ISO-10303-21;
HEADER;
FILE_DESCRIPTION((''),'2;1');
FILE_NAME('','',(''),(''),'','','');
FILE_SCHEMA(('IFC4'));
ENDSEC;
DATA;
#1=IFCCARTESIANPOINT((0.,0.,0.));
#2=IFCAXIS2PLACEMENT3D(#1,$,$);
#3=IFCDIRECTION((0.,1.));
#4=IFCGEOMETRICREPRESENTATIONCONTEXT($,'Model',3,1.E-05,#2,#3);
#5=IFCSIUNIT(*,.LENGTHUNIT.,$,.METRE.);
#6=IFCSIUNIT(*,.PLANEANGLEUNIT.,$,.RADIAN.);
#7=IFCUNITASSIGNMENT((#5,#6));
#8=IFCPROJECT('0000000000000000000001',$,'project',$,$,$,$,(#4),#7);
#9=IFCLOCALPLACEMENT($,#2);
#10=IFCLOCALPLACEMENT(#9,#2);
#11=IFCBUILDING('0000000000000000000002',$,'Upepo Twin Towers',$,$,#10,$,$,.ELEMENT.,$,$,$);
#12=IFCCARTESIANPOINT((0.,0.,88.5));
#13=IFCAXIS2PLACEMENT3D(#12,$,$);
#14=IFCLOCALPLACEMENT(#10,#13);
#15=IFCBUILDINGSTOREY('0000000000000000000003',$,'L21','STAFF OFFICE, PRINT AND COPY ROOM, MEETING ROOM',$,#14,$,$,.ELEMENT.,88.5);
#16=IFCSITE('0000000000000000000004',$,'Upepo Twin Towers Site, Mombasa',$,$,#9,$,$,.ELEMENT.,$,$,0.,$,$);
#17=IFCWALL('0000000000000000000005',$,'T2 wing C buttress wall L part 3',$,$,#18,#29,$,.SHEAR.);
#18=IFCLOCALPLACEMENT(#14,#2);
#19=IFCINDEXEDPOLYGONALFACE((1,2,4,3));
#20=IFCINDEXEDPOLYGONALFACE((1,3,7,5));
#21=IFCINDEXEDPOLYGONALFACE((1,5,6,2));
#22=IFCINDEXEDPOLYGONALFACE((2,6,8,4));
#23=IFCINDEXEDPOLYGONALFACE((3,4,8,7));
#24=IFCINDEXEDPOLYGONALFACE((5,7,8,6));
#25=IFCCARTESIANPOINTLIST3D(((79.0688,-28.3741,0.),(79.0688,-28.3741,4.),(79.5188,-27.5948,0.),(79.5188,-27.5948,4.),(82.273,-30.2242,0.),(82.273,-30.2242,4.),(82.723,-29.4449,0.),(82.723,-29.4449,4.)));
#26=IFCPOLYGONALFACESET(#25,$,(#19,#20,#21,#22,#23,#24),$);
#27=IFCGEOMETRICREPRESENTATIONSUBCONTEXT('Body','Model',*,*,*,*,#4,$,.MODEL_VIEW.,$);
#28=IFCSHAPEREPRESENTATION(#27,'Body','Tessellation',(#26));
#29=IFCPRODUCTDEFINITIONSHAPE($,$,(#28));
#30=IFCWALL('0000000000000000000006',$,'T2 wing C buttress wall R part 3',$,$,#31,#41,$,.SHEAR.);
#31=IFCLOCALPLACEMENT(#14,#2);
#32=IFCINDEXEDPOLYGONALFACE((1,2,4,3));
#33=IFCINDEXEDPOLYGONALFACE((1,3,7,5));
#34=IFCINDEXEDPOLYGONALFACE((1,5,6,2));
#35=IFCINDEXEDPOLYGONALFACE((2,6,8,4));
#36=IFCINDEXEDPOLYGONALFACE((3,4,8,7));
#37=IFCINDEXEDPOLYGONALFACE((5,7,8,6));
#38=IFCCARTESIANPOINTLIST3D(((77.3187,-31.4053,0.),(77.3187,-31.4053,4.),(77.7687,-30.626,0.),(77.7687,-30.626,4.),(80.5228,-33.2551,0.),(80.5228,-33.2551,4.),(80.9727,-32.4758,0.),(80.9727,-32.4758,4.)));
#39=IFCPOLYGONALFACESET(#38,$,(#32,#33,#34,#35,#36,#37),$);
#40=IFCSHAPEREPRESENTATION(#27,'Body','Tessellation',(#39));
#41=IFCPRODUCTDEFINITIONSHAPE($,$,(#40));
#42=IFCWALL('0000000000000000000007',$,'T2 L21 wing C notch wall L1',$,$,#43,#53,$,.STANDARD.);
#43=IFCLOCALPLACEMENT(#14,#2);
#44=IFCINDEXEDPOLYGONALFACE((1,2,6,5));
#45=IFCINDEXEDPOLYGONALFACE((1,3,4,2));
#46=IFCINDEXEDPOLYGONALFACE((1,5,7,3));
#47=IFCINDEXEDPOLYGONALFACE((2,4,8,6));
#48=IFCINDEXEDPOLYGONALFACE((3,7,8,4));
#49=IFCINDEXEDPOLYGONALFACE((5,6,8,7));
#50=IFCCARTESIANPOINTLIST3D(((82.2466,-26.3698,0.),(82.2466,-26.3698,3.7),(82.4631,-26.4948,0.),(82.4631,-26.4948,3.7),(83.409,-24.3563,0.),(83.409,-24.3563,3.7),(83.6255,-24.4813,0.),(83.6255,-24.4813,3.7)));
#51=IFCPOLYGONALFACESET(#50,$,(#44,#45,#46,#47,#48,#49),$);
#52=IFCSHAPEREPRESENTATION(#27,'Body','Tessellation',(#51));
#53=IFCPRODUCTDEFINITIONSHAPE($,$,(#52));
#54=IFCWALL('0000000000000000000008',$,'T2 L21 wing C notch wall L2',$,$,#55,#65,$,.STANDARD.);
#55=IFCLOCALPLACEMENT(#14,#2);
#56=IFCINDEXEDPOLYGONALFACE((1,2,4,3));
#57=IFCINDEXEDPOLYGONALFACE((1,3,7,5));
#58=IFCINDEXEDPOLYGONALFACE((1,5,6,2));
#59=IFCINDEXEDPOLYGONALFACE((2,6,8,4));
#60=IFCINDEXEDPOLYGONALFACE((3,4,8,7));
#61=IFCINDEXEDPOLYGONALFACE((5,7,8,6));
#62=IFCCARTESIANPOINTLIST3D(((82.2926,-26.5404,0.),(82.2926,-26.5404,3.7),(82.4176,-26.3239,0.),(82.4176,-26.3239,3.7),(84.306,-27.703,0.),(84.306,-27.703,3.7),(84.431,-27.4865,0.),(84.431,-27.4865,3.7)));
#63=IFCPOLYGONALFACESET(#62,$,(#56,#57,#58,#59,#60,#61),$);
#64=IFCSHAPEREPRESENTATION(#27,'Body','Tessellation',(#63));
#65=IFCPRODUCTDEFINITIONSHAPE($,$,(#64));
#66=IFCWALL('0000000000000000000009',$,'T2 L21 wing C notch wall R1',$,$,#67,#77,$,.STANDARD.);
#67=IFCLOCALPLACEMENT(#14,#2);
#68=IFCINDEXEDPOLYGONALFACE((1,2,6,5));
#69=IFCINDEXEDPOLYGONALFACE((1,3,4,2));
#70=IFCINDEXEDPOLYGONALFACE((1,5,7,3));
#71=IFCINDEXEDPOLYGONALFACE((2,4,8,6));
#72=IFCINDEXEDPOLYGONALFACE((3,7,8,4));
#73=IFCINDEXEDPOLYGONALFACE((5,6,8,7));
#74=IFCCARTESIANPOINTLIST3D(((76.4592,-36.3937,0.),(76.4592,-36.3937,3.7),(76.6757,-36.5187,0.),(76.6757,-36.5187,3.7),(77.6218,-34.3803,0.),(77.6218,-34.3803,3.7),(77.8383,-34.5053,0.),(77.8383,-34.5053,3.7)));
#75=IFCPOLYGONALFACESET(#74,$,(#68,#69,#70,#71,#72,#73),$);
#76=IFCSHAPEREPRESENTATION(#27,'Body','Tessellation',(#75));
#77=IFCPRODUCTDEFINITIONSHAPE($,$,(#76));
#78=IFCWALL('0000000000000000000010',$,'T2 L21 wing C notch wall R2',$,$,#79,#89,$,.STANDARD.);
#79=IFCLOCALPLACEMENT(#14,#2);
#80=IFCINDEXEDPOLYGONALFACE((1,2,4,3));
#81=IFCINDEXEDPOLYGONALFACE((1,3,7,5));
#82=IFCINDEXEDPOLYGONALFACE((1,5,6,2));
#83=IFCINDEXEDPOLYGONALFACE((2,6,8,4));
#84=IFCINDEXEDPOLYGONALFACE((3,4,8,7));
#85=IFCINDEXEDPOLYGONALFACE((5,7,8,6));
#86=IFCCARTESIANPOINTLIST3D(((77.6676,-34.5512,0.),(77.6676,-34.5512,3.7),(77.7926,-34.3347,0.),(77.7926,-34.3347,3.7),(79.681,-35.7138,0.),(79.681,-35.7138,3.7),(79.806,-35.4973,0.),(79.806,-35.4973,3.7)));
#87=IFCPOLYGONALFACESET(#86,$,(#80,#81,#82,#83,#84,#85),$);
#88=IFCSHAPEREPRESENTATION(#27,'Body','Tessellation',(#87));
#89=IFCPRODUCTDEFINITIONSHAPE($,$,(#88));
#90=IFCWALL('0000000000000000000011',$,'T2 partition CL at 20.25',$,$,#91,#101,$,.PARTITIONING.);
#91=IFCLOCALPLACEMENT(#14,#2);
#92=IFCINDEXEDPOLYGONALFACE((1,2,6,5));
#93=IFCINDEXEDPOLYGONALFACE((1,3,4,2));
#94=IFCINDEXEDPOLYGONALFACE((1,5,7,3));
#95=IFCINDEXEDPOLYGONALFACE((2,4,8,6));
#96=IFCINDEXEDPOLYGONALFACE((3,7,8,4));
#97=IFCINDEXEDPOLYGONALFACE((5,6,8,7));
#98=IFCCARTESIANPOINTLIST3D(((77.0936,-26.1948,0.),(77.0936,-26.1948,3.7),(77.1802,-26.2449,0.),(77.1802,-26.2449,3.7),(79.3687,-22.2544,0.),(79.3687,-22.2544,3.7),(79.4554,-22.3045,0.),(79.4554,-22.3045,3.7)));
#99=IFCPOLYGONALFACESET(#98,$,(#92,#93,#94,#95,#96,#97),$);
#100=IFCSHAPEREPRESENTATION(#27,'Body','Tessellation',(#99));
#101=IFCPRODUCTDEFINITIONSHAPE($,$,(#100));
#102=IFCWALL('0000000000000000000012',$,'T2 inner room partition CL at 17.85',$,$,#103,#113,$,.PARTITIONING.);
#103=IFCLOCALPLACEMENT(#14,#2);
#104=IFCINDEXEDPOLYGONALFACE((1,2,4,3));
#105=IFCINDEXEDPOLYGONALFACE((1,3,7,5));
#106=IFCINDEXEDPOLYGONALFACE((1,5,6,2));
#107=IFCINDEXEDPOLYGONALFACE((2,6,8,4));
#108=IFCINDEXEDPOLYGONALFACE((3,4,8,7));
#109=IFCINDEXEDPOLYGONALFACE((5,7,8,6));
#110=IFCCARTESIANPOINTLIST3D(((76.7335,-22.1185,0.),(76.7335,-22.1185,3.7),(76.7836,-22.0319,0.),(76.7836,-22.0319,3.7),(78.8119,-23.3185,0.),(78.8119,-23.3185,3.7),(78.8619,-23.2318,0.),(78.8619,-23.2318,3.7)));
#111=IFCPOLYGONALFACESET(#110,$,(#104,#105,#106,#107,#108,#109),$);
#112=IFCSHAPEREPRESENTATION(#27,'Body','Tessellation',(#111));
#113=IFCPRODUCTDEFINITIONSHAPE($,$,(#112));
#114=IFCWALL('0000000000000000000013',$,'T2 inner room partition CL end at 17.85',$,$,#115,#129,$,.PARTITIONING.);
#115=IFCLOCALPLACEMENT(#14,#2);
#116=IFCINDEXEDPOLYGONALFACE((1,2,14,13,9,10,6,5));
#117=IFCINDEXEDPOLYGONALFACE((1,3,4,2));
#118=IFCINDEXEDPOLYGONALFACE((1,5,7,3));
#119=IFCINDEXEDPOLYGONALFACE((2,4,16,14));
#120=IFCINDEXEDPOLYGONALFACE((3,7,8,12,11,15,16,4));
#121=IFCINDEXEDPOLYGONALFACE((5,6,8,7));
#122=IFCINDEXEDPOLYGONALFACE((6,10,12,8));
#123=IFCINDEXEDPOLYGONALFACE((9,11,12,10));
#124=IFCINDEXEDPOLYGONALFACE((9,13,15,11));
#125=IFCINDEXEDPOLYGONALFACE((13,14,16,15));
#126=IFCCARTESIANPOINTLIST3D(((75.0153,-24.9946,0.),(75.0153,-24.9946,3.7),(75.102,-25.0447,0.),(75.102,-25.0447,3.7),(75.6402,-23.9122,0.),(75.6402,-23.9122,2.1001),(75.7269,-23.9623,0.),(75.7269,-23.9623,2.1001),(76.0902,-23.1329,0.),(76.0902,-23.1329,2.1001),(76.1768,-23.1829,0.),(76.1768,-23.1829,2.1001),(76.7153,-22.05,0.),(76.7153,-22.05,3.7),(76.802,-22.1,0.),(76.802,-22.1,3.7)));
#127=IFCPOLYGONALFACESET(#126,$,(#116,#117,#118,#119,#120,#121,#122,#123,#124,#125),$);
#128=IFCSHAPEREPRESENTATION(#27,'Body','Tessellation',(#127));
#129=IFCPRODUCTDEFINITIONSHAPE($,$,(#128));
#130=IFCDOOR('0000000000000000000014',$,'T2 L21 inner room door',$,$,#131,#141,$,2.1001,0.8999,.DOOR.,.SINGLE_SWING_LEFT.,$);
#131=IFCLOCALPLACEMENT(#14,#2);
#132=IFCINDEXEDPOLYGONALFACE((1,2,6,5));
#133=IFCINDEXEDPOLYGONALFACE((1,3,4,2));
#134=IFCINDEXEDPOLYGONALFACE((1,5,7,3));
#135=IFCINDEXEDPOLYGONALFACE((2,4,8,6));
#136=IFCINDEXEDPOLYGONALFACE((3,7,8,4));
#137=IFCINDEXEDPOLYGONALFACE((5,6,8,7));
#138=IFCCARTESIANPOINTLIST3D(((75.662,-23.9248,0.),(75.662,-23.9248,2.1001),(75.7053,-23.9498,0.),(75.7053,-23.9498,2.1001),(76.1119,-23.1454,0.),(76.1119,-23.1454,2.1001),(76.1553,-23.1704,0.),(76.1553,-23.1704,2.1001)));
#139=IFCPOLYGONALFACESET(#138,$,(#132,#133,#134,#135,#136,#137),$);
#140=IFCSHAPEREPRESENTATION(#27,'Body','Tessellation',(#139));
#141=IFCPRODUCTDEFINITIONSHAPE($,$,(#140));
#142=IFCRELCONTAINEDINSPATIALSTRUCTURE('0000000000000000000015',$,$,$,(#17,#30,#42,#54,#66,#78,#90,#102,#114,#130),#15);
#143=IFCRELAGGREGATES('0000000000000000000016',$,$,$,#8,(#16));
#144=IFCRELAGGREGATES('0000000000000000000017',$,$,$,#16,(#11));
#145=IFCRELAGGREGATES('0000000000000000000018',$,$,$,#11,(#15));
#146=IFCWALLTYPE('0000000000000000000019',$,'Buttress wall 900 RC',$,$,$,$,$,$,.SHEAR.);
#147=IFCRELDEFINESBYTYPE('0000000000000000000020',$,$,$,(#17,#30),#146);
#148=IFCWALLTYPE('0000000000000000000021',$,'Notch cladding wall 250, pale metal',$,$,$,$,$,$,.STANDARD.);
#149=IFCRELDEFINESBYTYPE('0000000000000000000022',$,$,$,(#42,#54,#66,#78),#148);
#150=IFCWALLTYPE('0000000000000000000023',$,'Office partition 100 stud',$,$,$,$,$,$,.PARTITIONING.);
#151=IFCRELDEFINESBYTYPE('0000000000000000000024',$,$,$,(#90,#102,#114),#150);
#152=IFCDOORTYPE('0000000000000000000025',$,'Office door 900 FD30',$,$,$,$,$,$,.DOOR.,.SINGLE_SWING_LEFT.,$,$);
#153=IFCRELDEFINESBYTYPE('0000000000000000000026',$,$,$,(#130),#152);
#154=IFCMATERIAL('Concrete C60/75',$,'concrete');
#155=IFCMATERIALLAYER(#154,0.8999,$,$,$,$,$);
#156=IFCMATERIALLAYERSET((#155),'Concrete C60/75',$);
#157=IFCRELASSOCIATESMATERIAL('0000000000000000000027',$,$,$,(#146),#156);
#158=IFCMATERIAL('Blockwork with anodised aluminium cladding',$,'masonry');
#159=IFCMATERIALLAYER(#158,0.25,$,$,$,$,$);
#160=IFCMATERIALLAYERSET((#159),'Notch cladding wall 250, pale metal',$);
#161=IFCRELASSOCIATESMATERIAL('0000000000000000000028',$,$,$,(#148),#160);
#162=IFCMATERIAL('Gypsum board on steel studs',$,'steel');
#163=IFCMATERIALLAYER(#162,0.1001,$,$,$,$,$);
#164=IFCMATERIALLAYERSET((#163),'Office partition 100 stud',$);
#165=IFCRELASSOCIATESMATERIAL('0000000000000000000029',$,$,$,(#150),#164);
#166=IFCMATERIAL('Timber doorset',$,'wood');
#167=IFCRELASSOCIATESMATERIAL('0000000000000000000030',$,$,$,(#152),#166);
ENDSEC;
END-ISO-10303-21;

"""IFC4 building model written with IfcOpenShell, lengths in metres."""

from ifc_helpers import new_model, si_unit, direction, frame, frame_2d, origin, place, context, subcontext, project, spatial, rectangle, extrude, material, layer, layer_set, type_object, element, fill, save


model = new_model("IFC4")

# Units and contexts
model_context = context("Model", 3, precision=1e-05, world=origin(), true_north=direction((0.0, 1.0)))
body_context = subcontext(model_context, "Body", "Model", "MODEL_VIEW")
ifc_project = project(units=[si_unit("LENGTHUNIT", "METRE"), si_unit("PLANEANGLEUNIT", "RADIAN")], contexts=[model_context])

# Site, building, storey
site_placement = place(None, origin())
site = spatial("IfcSite", under=ifc_project, at=site_placement, Name="Upepo Twin Towers Site, Mombasa", CompositionType="ELEMENT", RefElevation=0.0)
building_placement = place(site_placement, origin())
building = spatial("IfcBuilding", under=site, at=building_placement, Name="Upepo Twin Towers", CompositionType="ELEMENT")
storey_placement = place(building_placement, frame((0.0, 0.0, 88.5)))
storey = spatial("IfcBuildingStorey", under=building, at=storey_placement, Name="L21", Description="STAFF OFFICE, PRINT AND COPY ROOM, MEETING ROOM", CompositionType="ELEMENT", Elevation=88.5)

# Walls
ifc_material_1 = material(Name="Concrete C60/75", Category="concrete")
ifc_layer_1 = layer(ifc_material_1, 0.8999)
ifc_layer_set_1 = layer_set([ifc_layer_1], Name="Concrete C60/75")
wall_type_1 = type_object("IfcWallType", Name="Buttress wall 900 RC", PredefinedType="SHEAR", material=ifc_layer_set_1)
wall_1_placement = place(storey_placement, frame((79.2937, -27.9844, 0.0), z_axis=(0.0, 0.0, 1.0), x_axis=(0.866001, -0.500042, 0.0)))
element("IfcWall", 1, at=wall_1_placement, inside=storey, type_object=wall_type_1, Name="T2 wing C buttress wall L part 3", PredefinedType="SHEAR", context=body_context, shape_type="SweptSolid", body=[
    extrude(rectangle(XDim=3.7, YDim=0.8999, at=frame_2d((1.8501, 0.0))), origin(), (0.0, 0.0, 1.0), 4.0),
])
wall_2_placement = place(storey_placement, frame((77.5437, -31.0156, 0.0), z_axis=(0.0, 0.0, 1.0), x_axis=(0.86603, -0.499993, 0.0)))
element("IfcWall", 2, at=wall_2_placement, inside=storey, type_object=wall_type_1, Name="T2 wing C buttress wall R part 3", PredefinedType="SHEAR", context=body_context, shape_type="SweptSolid", body=[
    extrude(rectangle(XDim=3.6997, YDim=0.8999, at=frame_2d((1.8499, 0.0))), origin(), (0.0, 0.0, 1.0), 4.0),
])
ifc_material_2 = material(Name="Blockwork with anodised aluminium cladding", Category="masonry")
ifc_layer_2 = layer(ifc_material_2, 0.25)
ifc_layer_set_2 = layer_set([ifc_layer_2], Name="Notch cladding wall 250, pale metal")
wall_type_2 = type_object("IfcWallType", Name="Notch cladding wall 250, pale metal", PredefinedType="STANDARD", material=ifc_layer_set_2)
for number, where, z_axis, x_axis, name in (
    (3, (83.5173, -24.4187, 0.0), (0.0, 0.0, 1.0), (-0.499968, -0.866044, 0.0), "T2 L21 wing C notch wall L1"),
    (4, (82.355, -26.4321, 0.0), (0.0, 0.0, 1.0), (0.865998, -0.500047, 0.0), "T2 L21 wing C notch wall L2"),
    (5, (76.5674, -36.4563, 0.0), (0.0, 0.0, 1.0), (0.500047, 0.865998, 0.0), "T2 L21 wing C notch wall R1"),
    (6, (77.73, -34.4429, 0.0), (0.0, 0.0, 1.0), (0.865998, -0.500047, 0.0), "T2 L21 wing C notch wall R2"),
):
    element("IfcWall", number, at=place(storey_placement, frame(where, z_axis=z_axis, x_axis=x_axis)), inside=storey, type_object=wall_type_2, Name=name, PredefinedType="STANDARD", context=body_context, shape_type="SweptSolid", body=[
        extrude(rectangle(XDim=2.325, YDim=0.25, at=frame_2d((1.1626, 0.0))), origin(), (0.0, 0.0, 1.0), 3.7),
    ])
ifc_material_3 = material(Name="Gypsum board on steel studs", Category="steel")
ifc_layer_3 = layer(ifc_material_3, 0.1001)
ifc_layer_set_3 = layer_set([ifc_layer_3], Name="Office partition 100 stud")
wall_type_3 = type_object("IfcWallType", Name="Office partition 100 stud", PredefinedType="PARTITIONING", material=ifc_layer_set_3)
wall_3_placement = place(storey_placement, frame((77.137, -26.2197, 0.0), z_axis=(0.0, 0.0, 1.0), x_axis=(0.500023, 0.866012, 0.0)))
element("IfcWall", 7, at=wall_3_placement, inside=storey, type_object=wall_type_3, Name="T2 partition CL at 20.25", PredefinedType="PARTITIONING", context=body_context, shape_type="SweptSolid", body=[
    extrude(rectangle(XDim=4.55, YDim=0.1001, at=frame_2d((2.2749, 0.0))), origin(), (0.0, 0.0, 1.0), 3.7),
])
wall_4_placement = place(storey_placement, frame((76.7585, -22.0752, 0.0), z_axis=(0.0, 0.0, 1.0), x_axis=(0.866025, -0.500001, 0.0)))
element("IfcWall", 8, at=wall_4_placement, inside=storey, type_object=wall_type_3, Name="T2 inner room partition CL at 17.85", PredefinedType="PARTITIONING", context=body_context, shape_type="SweptSolid", body=[
    extrude(rectangle(XDim=2.3999, YDim=0.1001, at=frame_2d((1.2, 0.0))), origin(), (0.0, 0.0, 1.0), 3.7),
])

# Wall, opening, door
wall_5_placement = place(storey_placement, frame((75.0586, -25.0198, 0.0), z_axis=(0.0, 0.0, 1.0), x_axis=(0.499977, 0.866039, 0.0)))
wall_5 = element("IfcWall", 9, at=wall_5_placement, inside=storey, type_object=wall_type_3, Name="T2 inner room partition CL end at 17.85", PredefinedType="PARTITIONING", context=body_context, shape_type="SweptSolid", body=[
    extrude(rectangle(XDim=3.4001, YDim=0.1001, at=frame_2d((1.7002, 0.0))), origin(), (0.0, 0.0, 1.0), 3.7),
])
opening_placement = place(wall_5_placement, frame((1.25, 0.0, 0.0)))
opening = element("IfcOpeningElement", 10, at=opening_placement, cuts=wall_5, PredefinedType="OPENING", context=body_context, shape_type="SweptSolid", body=[
    extrude(rectangle(XDim=0.8999, YDim=2.1001, at=frame_2d((0.45, 1.05))), frame((0.0, 0.0601, 0.0), z_axis=(0.0, -1.0, 0.0), x_axis=(1.0, 0.0, 0.0)), (0.0, 0.0, 1.0), 0.1201),
])
ifc_material_4 = material(Name="Timber doorset", Category="wood")
door_type = type_object("IfcDoorType", Name="Office door 900 FD30", OperationType="SINGLE_SWING_LEFT", PredefinedType="DOOR", material=ifc_material_4)
door_placement = place(opening_placement, origin())
door = element("IfcDoor", 11, at=door_placement, inside=storey, type_object=door_type, Name="T2 L21 inner room door", OperationType="SINGLE_SWING_LEFT", OverallHeight=2.1001, OverallWidth=0.8999, PredefinedType="DOOR", context=body_context, shape_type="SweptSolid", body=[
    extrude(rectangle(XDim=0.8999, YDim=2.1001, at=frame_2d((0.45, 1.05))), frame((0.0, 0.0249, 0.0), z_axis=(0.0, -1.0, 0.0), x_axis=(1.0, 0.0, 0.0)), (0.0, 0.0, 1.0), 0.05),
])
fill(opening, door)

save(model, "model.ifc")
